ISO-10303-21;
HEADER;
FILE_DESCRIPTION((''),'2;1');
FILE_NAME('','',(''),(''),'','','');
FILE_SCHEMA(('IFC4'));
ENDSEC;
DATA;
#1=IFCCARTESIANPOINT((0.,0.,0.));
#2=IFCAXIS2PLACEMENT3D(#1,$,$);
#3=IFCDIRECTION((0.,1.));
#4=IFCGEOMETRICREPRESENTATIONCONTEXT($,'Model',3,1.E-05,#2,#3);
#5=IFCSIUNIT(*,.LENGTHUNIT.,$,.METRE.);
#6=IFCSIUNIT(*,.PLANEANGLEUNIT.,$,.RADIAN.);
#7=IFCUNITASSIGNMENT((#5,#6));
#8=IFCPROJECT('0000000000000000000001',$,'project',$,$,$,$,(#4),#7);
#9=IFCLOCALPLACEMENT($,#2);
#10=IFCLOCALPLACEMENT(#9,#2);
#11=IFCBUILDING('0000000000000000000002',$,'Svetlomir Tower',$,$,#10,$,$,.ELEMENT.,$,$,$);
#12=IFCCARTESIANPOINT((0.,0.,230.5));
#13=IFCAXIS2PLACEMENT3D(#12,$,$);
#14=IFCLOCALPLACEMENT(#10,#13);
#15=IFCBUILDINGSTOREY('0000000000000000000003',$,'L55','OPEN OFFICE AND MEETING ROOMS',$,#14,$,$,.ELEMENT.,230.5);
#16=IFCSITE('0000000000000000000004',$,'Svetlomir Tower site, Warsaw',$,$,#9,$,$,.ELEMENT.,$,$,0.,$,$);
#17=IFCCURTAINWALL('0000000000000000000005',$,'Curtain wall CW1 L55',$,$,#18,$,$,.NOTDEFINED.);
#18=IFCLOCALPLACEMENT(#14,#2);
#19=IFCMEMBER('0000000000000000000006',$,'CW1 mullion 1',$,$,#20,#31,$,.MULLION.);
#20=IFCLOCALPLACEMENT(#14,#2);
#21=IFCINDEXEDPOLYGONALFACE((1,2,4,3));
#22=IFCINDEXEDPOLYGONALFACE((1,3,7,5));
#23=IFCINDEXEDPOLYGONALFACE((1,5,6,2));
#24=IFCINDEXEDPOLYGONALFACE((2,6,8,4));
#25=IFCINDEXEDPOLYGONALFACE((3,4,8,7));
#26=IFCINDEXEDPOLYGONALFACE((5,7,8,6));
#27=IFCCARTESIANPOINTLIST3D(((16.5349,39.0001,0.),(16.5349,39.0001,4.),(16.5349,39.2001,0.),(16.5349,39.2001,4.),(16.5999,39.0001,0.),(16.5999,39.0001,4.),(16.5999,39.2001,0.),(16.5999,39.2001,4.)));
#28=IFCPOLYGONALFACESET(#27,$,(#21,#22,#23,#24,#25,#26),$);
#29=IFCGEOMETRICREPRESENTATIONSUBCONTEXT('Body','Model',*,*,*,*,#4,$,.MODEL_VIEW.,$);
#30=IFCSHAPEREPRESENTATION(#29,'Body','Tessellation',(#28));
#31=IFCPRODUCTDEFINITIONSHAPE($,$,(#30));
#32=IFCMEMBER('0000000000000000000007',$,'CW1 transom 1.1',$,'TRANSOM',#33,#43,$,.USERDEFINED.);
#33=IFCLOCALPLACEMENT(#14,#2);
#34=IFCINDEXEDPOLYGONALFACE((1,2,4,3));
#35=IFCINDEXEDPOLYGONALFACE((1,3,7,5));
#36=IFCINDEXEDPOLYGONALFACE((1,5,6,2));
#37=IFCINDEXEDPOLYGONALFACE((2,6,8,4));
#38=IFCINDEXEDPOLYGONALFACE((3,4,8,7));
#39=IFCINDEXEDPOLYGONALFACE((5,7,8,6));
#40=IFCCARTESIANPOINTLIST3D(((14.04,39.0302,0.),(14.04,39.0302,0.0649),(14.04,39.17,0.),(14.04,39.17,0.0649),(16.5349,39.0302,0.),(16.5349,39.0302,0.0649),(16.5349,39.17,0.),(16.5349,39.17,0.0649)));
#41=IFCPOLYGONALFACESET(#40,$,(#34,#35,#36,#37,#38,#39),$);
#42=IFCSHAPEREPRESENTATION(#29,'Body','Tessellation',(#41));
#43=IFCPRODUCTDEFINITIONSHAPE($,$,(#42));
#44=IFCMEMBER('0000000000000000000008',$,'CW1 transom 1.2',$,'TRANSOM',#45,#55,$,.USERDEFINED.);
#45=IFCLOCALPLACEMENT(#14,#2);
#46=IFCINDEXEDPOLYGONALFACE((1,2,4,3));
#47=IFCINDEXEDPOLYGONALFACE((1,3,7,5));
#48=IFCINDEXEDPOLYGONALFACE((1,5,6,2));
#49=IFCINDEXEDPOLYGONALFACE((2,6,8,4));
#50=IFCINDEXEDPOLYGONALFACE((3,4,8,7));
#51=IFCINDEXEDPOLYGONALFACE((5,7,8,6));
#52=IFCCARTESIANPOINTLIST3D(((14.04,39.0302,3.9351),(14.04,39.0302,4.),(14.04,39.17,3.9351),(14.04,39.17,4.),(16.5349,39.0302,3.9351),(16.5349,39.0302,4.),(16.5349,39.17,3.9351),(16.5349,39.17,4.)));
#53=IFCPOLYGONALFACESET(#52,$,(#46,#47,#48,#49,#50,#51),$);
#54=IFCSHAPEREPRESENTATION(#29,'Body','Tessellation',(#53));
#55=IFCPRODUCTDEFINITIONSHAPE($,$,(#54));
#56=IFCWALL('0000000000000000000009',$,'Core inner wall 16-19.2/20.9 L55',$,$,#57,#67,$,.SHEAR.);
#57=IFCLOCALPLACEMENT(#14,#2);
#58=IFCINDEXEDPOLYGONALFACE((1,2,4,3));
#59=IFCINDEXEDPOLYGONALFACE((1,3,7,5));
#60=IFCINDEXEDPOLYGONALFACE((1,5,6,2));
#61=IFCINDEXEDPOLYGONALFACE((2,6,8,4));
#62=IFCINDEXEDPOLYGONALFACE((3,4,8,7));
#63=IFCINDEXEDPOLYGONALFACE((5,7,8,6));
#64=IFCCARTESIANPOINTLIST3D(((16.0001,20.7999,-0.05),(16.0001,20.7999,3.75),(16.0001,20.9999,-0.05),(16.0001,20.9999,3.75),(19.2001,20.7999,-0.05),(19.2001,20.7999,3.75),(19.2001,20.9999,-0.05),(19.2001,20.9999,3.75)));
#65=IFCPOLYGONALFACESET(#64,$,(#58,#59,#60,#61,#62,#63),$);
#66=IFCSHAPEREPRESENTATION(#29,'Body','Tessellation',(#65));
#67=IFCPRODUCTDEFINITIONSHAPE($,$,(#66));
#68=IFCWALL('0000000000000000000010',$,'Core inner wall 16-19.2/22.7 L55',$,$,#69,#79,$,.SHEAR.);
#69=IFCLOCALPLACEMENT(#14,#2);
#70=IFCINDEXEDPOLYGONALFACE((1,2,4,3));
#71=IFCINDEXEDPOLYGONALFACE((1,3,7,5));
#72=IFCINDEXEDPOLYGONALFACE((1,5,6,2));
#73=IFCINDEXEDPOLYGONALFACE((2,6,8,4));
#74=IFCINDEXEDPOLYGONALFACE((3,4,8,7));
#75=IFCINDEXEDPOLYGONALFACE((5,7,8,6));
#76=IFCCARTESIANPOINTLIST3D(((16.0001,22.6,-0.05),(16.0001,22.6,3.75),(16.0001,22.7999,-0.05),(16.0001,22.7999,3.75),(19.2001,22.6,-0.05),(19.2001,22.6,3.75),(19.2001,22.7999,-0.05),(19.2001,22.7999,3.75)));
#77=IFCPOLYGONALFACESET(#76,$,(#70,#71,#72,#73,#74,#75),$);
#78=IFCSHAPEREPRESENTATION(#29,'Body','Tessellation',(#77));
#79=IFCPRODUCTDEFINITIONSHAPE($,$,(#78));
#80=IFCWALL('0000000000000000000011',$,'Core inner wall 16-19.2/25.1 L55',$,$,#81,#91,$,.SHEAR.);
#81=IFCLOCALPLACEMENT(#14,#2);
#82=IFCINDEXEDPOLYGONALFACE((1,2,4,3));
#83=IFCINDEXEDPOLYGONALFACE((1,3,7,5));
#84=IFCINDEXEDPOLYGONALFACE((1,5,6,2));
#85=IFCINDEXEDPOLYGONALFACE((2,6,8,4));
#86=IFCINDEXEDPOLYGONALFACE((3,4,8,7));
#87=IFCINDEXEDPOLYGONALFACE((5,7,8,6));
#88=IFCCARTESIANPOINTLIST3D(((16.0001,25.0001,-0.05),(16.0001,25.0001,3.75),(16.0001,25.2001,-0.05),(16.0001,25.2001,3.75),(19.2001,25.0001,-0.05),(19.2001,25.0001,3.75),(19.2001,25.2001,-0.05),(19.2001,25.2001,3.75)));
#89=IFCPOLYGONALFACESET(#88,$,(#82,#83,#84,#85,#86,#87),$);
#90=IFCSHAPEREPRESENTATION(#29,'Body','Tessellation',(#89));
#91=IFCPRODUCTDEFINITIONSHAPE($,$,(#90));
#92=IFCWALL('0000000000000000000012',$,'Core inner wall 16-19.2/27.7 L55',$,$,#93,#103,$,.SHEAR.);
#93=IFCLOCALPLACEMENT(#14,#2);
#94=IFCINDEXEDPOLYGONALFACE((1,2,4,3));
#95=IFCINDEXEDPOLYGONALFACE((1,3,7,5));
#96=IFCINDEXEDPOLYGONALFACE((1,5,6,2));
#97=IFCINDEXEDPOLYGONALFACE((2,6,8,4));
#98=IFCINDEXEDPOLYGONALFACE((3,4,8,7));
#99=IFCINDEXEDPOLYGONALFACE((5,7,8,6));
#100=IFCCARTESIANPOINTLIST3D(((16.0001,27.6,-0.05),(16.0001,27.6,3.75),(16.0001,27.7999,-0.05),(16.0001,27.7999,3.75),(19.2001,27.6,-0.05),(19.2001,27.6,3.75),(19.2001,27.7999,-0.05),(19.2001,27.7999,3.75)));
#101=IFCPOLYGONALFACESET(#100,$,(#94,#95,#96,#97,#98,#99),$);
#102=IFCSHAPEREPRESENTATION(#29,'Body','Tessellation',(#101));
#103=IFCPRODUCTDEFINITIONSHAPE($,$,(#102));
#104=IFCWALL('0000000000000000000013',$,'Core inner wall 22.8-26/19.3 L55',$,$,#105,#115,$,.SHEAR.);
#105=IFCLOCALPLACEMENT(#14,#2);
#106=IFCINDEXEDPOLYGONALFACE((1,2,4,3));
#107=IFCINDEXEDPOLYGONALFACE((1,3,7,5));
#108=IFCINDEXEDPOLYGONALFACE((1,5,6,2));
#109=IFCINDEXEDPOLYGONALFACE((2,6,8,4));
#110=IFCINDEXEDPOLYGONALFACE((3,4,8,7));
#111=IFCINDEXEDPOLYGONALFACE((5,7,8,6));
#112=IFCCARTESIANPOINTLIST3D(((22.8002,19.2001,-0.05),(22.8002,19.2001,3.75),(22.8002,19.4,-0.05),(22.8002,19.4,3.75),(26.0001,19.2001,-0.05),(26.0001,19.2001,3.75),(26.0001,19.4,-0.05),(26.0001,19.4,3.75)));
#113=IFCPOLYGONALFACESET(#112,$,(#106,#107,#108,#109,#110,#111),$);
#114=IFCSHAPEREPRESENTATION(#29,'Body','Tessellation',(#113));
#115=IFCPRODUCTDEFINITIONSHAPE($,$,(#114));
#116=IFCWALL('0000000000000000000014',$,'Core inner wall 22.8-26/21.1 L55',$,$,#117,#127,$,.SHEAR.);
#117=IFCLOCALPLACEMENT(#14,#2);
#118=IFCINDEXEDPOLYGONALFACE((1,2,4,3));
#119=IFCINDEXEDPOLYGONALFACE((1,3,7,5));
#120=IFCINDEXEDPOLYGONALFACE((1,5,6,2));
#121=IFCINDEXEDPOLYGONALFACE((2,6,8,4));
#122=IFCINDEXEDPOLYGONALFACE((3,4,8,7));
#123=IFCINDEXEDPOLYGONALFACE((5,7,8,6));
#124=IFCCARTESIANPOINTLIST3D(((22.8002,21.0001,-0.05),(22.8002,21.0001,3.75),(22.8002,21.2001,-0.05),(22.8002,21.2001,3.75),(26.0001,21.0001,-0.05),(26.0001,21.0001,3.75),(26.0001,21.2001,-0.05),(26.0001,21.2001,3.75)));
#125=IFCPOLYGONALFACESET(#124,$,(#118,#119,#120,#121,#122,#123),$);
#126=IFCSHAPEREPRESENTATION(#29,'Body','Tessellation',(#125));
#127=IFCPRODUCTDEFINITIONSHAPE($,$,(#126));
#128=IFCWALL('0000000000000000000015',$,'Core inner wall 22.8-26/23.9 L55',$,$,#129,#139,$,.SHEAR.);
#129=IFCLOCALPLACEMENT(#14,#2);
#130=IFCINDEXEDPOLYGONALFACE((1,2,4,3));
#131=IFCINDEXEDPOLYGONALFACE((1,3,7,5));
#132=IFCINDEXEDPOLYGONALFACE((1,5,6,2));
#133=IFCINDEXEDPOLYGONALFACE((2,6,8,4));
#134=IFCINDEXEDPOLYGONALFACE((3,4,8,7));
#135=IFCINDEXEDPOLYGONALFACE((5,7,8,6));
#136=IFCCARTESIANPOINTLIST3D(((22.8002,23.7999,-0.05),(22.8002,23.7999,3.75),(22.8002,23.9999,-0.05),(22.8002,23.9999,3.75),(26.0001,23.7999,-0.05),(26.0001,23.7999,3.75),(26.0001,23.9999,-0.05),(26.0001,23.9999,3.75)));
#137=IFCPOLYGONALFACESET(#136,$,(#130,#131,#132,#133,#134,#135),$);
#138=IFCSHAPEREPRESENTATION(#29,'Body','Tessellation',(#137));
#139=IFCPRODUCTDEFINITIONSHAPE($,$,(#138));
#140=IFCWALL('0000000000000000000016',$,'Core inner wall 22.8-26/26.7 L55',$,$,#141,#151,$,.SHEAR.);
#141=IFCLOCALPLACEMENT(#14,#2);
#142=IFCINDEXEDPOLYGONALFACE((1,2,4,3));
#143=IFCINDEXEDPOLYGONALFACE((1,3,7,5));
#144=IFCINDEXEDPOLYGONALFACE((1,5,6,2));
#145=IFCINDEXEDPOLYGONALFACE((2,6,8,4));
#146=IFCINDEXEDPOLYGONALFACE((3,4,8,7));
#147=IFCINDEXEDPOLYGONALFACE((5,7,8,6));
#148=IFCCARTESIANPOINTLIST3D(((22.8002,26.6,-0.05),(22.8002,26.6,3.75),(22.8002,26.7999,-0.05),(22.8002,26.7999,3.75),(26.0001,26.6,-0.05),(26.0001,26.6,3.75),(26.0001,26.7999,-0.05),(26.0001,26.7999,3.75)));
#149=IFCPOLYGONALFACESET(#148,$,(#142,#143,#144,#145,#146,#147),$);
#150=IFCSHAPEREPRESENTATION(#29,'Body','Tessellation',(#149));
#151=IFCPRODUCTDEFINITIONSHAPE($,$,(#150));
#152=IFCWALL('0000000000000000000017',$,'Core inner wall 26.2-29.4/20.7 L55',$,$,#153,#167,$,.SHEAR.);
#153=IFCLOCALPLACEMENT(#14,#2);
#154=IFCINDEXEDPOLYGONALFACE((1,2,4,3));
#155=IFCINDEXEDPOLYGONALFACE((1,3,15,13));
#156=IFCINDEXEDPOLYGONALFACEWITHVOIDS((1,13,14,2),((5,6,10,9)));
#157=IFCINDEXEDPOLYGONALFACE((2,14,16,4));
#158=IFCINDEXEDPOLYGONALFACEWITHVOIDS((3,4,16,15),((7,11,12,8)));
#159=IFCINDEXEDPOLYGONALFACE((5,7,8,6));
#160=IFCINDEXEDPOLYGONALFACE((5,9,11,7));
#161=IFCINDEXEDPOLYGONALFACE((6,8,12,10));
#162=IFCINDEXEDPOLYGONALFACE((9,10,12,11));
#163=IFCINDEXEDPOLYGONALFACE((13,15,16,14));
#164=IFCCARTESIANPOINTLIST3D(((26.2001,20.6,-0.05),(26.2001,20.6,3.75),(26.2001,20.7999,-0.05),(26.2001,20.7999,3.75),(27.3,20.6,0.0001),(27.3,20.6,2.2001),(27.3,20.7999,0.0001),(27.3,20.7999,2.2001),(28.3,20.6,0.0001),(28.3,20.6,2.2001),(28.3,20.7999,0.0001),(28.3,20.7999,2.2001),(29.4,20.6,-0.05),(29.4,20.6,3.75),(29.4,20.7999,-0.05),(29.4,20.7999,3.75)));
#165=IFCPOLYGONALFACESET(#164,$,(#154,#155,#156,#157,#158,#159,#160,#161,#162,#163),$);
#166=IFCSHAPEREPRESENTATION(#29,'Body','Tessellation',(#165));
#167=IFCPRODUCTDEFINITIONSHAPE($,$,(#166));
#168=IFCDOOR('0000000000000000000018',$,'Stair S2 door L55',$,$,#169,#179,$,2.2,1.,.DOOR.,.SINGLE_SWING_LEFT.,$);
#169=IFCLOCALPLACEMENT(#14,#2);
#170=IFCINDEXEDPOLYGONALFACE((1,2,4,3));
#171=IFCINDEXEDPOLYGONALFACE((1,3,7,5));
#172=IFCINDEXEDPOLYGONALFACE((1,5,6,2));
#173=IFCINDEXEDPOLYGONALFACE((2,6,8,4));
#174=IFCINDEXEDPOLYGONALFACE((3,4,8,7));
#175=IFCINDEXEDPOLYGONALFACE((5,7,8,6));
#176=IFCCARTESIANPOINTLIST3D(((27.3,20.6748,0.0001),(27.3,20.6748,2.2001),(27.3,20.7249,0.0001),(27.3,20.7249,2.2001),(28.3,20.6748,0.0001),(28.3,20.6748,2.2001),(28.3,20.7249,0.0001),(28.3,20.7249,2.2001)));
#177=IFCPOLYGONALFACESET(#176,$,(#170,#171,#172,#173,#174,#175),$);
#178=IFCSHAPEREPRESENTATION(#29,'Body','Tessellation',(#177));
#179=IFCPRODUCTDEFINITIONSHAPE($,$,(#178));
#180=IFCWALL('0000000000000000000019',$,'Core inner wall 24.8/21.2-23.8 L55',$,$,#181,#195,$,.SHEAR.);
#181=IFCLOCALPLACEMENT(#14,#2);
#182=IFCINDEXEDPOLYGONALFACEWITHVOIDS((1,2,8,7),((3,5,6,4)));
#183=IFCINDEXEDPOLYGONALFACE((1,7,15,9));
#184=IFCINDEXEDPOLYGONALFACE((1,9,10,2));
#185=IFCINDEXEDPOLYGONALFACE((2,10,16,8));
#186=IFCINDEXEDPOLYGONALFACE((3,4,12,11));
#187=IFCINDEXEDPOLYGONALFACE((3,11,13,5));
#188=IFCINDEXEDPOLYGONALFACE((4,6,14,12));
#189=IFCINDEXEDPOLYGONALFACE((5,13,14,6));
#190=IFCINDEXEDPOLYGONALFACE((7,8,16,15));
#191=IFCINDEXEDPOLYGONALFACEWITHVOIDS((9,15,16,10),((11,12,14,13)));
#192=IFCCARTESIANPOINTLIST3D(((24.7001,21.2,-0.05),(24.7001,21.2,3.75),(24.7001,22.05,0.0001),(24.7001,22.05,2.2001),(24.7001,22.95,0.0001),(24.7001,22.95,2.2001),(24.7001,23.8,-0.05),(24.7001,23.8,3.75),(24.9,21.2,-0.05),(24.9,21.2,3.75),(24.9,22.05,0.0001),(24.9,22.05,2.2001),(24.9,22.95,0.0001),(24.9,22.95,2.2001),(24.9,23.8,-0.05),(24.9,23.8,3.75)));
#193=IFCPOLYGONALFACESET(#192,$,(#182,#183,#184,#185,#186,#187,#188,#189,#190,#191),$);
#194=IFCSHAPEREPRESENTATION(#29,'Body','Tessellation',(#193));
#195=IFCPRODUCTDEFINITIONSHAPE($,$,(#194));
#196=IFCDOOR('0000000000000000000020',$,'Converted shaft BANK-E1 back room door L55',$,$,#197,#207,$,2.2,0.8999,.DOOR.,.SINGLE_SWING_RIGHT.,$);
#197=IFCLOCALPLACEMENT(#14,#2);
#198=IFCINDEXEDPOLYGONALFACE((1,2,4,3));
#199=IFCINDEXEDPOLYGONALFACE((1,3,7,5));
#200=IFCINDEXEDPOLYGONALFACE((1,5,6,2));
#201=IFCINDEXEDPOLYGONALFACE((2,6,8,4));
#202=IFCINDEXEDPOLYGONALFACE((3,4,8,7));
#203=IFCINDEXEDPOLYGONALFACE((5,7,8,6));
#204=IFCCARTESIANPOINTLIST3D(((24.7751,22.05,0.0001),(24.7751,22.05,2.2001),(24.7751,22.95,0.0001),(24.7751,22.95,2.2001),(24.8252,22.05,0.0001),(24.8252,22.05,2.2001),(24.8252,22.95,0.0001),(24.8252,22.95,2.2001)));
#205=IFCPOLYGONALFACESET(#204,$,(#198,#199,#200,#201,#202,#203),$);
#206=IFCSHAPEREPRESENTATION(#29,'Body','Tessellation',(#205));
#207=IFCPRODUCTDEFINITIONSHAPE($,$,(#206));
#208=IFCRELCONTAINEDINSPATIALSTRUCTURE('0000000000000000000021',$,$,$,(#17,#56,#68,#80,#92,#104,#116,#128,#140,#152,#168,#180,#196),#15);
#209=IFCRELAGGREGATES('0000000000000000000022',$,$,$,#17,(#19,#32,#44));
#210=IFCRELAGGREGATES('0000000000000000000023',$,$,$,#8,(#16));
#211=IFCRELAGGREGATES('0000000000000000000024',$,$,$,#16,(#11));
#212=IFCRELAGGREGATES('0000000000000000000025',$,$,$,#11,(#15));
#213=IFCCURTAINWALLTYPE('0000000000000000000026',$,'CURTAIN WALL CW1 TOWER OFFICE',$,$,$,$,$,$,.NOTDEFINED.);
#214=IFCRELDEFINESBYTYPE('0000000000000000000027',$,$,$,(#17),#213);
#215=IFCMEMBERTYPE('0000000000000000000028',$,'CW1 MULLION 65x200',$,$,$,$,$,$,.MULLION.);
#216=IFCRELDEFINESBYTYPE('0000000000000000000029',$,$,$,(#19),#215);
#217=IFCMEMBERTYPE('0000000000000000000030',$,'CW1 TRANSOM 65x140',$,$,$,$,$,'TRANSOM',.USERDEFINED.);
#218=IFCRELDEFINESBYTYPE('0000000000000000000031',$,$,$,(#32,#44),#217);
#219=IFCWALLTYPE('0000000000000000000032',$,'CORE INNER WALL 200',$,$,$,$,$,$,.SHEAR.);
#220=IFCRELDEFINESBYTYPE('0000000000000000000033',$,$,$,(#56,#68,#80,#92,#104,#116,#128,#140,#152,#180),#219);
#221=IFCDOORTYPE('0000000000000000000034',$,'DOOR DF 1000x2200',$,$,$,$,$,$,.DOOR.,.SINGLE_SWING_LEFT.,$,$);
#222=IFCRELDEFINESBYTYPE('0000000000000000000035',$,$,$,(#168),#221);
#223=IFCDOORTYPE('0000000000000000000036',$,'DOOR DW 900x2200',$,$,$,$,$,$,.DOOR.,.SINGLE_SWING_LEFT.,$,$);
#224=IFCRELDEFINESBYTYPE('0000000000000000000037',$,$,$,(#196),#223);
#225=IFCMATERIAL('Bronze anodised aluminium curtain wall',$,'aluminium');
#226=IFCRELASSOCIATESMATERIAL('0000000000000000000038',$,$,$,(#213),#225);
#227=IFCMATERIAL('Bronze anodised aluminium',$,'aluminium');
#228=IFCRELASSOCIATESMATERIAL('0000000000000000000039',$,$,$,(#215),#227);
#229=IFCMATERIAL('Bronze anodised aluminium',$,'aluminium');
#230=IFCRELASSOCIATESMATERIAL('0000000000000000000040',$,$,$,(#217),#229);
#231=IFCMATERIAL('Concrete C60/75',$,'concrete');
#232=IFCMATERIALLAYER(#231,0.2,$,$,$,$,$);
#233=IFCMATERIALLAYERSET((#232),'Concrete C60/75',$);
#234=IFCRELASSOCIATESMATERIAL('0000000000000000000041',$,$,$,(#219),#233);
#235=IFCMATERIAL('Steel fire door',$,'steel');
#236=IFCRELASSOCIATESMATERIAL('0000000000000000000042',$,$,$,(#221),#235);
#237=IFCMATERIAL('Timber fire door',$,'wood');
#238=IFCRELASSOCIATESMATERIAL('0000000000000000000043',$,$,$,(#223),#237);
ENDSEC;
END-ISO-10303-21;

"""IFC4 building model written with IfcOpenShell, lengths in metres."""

from ifc_helpers import new_model, si_unit, direction, frame, frame_2d, origin, origin_2d, place, context, subcontext, project, spatial, rectangle, extrude, material, layer, layer_set, material_profile, profile_set, type_object, element, fill, aggregate, save


model = new_model("IFC4")

# Units and contexts
model_context = context("Model", 3, precision=1e-05, world=origin(), true_north=direction((0.0, 1.0)))
body_context = subcontext(model_context, "Body", "Model", "MODEL_VIEW")
ifc_project = project(units=[si_unit("LENGTHUNIT", "METRE"), si_unit("PLANEANGLEUNIT", "RADIAN")], contexts=[model_context])

# Site, building, storey
site_placement = place(None, origin())
site = spatial("IfcSite", under=ifc_project, at=site_placement, Name="Svetlomir Tower site, Warsaw", CompositionType="ELEMENT", RefElevation=0.0)
building_placement = place(site_placement, origin())
building = spatial("IfcBuilding", under=site, at=building_placement, Name="Svetlomir Tower", CompositionType="ELEMENT")
storey_placement = place(building_placement, frame((0.0, 0.0, 230.5)))
storey = spatial("IfcBuildingStorey", under=building, at=storey_placement, Name="L55", Description="OPEN OFFICE AND MEETING ROOMS", CompositionType="ELEMENT", Elevation=230.5)

# Curtain wall, members
ifc_material_1 = material(Name="Bronze anodised aluminium curtain wall", Category="aluminium")
curtain_wall_type = type_object("IfcCurtainWallType", Name="CURTAIN WALL CW1 TOWER OFFICE", PredefinedType="NOTDEFINED", material=ifc_material_1)
curtain_wall_placement = place(storey_placement, origin())
curtain_wall = element("IfcCurtainWall", 1, at=curtain_wall_placement, inside=storey, type_object=curtain_wall_type, Name="Curtain wall CW1 L55", PredefinedType="NOTDEFINED")
ifc_material_2 = material(Name="Bronze anodised aluminium", Category="aluminium")
ifc_material_profile_1 = material_profile(ifc_material_2, rectangle(XDim=0.0649, YDim=0.2, at=origin_2d()), Name="AL 65x200")
ifc_profile_set_1 = profile_set([ifc_material_profile_1], Name="Bronze anodised aluminium 6063-T6")
member_type_1 = type_object("IfcMemberType", Name="CW1 MULLION 65x200", PredefinedType="MULLION", material=ifc_profile_set_1)
member_1_placement = place(storey_placement, frame((16.5674, 39.1001, 0.0), z_axis=(0.0, 0.0, 1.0), x_axis=(-1.0, 0.0, 0.0)))
member_1 = element("IfcMember", 2, at=member_1_placement, type_object=member_type_1, Name="CW1 mullion 1", PredefinedType="MULLION", context=body_context, shape_type="SweptSolid", body=[
    extrude(rectangle(XDim=0.0649, YDim=0.2, at=origin_2d()), origin(), (0.0, 0.0, 1.0), 4.0),
])
ifc_material_3 = material(Name="Bronze anodised aluminium", Category="aluminium")
ifc_material_profile_2 = material_profile(ifc_material_3, rectangle(XDim=0.1399, YDim=0.0649, at=origin_2d()), Name="AL 140x65")
ifc_profile_set_2 = profile_set([ifc_material_profile_2], Name="Bronze anodised aluminium 6063-T6")
member_type_2 = type_object("IfcMemberType", Name="CW1 TRANSOM 65x140", ElementType="TRANSOM", PredefinedType="USERDEFINED", material=ifc_profile_set_2)
member_2_placement = place(storey_placement, frame((16.5349, 39.1001, 0.0325), z_axis=(-1.0, 0.0, 0.0), x_axis=(0.0, -1.0, 0.0)))
member_2 = element("IfcMember", 3, at=member_2_placement, type_object=member_type_2, Name="CW1 transom 1.1", ObjectType="TRANSOM", PredefinedType="USERDEFINED", context=body_context, shape_type="SweptSolid", body=[
    extrude(rectangle(XDim=0.1399, YDim=0.0649, at=origin_2d()), origin(), (0.0, 0.0, 1.0), 2.4949),
])
member_3_placement = place(storey_placement, frame((16.5349, 39.1001, 3.9675), z_axis=(-1.0, 0.0, 0.0), x_axis=(0.0, -1.0, 0.0)))
member_3 = element("IfcMember", 4, at=member_3_placement, type_object=member_type_2, Name="CW1 transom 1.2", ObjectType="TRANSOM", PredefinedType="USERDEFINED", context=body_context, shape_type="SweptSolid", body=[
    extrude(rectangle(XDim=0.1399, YDim=0.0649, at=origin_2d()), origin(), (0.0, 0.0, 1.0), 2.4949),
])
aggregate(curtain_wall, [member_1, member_2, member_3])

# Walls
ifc_material_4 = material(Name="Concrete C60/75", Category="concrete")
ifc_layer_1 = layer(ifc_material_4, 0.2)
ifc_layer_set_1 = layer_set([ifc_layer_1], Name="Concrete C60/75")
wall_type_1 = type_object("IfcWallType", Name="CORE INNER WALL 200", PredefinedType="SHEAR", material=ifc_layer_set_1)
for number, where, z_axis, x_axis, name in (
    (5, (16.0, 20.8999, -0.05), (0.0, 0.0, 1.0), (1.0, 0.0, 0.0), "Core inner wall 16-19.2/20.9 L55"),
    (6, (16.0, 22.7, -0.05), (0.0, 0.0, 1.0), (1.0, 0.0, 0.0), "Core inner wall 16-19.2/22.7 L55"),
    (7, (16.0, 25.1001, -0.05), (0.0, 0.0, 1.0), (1.0, 0.0, 0.0), "Core inner wall 16-19.2/25.1 L55"),
    (8, (16.0, 27.7, -0.05), (0.0, 0.0, 1.0), (1.0, 0.0, 0.0), "Core inner wall 16-19.2/27.7 L55"),
    (9, (22.8, 19.3, -0.05), (0.0, 0.0, 1.0), (1.0, 0.0, 0.0), "Core inner wall 22.8-26/19.3 L55"),
    (10, (22.8, 21.1001, -0.05), (0.0, 0.0, 1.0), (1.0, 0.0, 0.0), "Core inner wall 22.8-26/21.1 L55"),
    (11, (22.8, 23.8999, -0.05), (0.0, 0.0, 1.0), (1.0, 0.0, 0.0), "Core inner wall 22.8-26/23.9 L55"),
    (12, (22.8, 26.7, -0.05), (0.0, 0.0, 1.0), (1.0, 0.0, 0.0), "Core inner wall 22.8-26/26.7 L55"),
):
    element("IfcWall", number, at=place(storey_placement, frame(where, z_axis=z_axis, x_axis=x_axis)), inside=storey, type_object=wall_type_1, Name=name, PredefinedType="SHEAR", context=body_context, shape_type="SweptSolid", body=[
        extrude(rectangle(XDim=3.2, YDim=0.2, at=frame_2d((1.6001, 0.0))), origin(), (0.0, 0.0, 1.0), 3.8),
    ])

# Walls, openings, doors
wall_1_placement = place(storey_placement, frame((26.2, 20.7, -0.05), z_axis=(0.0, 0.0, 1.0), x_axis=(1.0, 0.0, 0.0)))
wall_1 = element("IfcWall", 13, at=wall_1_placement, inside=storey, type_object=wall_type_1, Name="Core inner wall 26.2-29.4/20.7 L55", PredefinedType="SHEAR", context=body_context, shape_type="SweptSolid", body=[
    extrude(rectangle(XDim=3.2, YDim=0.2, at=frame_2d((1.6001, 0.0))), origin(), (0.0, 0.0, 1.0), 3.8),
])
opening_1_placement = place(wall_1_placement, frame((1.1001, 0.0, 0.05)))
opening_1 = element("IfcOpeningElement", 14, at=opening_1_placement, cuts=wall_1, PredefinedType="OPENING", context=body_context, shape_type="SweptSolid", body=[
    extrude(rectangle(XDim=1.0, YDim=2.2, at=frame_2d((0.5, 1.1001))), frame((0.0, 0.1099, 0.0), z_axis=(0.0, -1.0, 0.0), x_axis=(1.0, 0.0, 0.0)), (0.0, 0.0, 1.0), 0.22),
])
ifc_material_5 = material(Name="Steel fire door", Category="steel")
door_type_1 = type_object("IfcDoorType", Name="DOOR DF 1000x2200", OperationType="SINGLE_SWING_LEFT", PredefinedType="DOOR", material=ifc_material_5)
door_1_placement = place(opening_1_placement, origin())
door_1 = element("IfcDoor", 15, at=door_1_placement, inside=storey, type_object=door_type_1, Name="Stair S2 door L55", OperationType="SINGLE_SWING_LEFT", OverallHeight=2.2, OverallWidth=1.0, PredefinedType="DOOR", context=body_context, shape_type="SweptSolid", body=[
    extrude(rectangle(XDim=1.0, YDim=2.2, at=frame_2d((0.5, 1.1001))), frame((0.0, 0.0249, 0.0), z_axis=(0.0, -1.0, 0.0), x_axis=(1.0, 0.0, 0.0)), (0.0, 0.0, 1.0), 0.05),
])
fill(opening_1, door_1)
wall_2_placement = place(storey_placement, frame((24.8, 21.2, -0.05), z_axis=(0.0, 0.0, 1.0), x_axis=(0.0, 1.0, 0.0)))
wall_2 = element("IfcWall", 16, at=wall_2_placement, inside=storey, type_object=wall_type_1, Name="Core inner wall 24.8/21.2-23.8 L55", PredefinedType="SHEAR", context=body_context, shape_type="SweptSolid", body=[
    extrude(rectangle(XDim=2.6001, YDim=0.2, at=frame_2d((1.3, 0.0))), origin(), (0.0, 0.0, 1.0), 3.8),
])
opening_2_placement = place(wall_2_placement, frame((0.8501, 0.0, 0.05)))
opening_2 = element("IfcOpeningElement", 17, at=opening_2_placement, cuts=wall_2, PredefinedType="OPENING", context=body_context, shape_type="SweptSolid", body=[
    extrude(rectangle(XDim=0.8999, YDim=2.2, at=frame_2d((0.45, 1.1001))), frame((0.0, 0.1099, 0.0), z_axis=(0.0, -1.0, 0.0), x_axis=(1.0, 0.0, 0.0)), (0.0, 0.0, 1.0), 0.22),
])
ifc_material_6 = material(Name="Timber fire door", Category="wood")
door_type_2 = type_object("IfcDoorType", Name="DOOR DW 900x2200", OperationType="SINGLE_SWING_LEFT", PredefinedType="DOOR", material=ifc_material_6)
door_2_placement = place(opening_2_placement, origin())
door_2 = element("IfcDoor", 18, at=door_2_placement, inside=storey, type_object=door_type_2, Name="Converted shaft BANK-E1 back room door L55", OperationType="SINGLE_SWING_RIGHT", OverallHeight=2.2, OverallWidth=0.8999, PredefinedType="DOOR", context=body_context, shape_type="SweptSolid", body=[
    extrude(rectangle(XDim=0.8999, YDim=2.2, at=frame_2d((0.45, 1.1001))), frame((0.0, 0.0249, 0.0), z_axis=(0.0, -1.0, 0.0), x_axis=(1.0, 0.0, 0.0)), (0.0, 0.0, 1.0), 0.05),
])
fill(opening_2, door_2)

save(model, "model.ifc")
